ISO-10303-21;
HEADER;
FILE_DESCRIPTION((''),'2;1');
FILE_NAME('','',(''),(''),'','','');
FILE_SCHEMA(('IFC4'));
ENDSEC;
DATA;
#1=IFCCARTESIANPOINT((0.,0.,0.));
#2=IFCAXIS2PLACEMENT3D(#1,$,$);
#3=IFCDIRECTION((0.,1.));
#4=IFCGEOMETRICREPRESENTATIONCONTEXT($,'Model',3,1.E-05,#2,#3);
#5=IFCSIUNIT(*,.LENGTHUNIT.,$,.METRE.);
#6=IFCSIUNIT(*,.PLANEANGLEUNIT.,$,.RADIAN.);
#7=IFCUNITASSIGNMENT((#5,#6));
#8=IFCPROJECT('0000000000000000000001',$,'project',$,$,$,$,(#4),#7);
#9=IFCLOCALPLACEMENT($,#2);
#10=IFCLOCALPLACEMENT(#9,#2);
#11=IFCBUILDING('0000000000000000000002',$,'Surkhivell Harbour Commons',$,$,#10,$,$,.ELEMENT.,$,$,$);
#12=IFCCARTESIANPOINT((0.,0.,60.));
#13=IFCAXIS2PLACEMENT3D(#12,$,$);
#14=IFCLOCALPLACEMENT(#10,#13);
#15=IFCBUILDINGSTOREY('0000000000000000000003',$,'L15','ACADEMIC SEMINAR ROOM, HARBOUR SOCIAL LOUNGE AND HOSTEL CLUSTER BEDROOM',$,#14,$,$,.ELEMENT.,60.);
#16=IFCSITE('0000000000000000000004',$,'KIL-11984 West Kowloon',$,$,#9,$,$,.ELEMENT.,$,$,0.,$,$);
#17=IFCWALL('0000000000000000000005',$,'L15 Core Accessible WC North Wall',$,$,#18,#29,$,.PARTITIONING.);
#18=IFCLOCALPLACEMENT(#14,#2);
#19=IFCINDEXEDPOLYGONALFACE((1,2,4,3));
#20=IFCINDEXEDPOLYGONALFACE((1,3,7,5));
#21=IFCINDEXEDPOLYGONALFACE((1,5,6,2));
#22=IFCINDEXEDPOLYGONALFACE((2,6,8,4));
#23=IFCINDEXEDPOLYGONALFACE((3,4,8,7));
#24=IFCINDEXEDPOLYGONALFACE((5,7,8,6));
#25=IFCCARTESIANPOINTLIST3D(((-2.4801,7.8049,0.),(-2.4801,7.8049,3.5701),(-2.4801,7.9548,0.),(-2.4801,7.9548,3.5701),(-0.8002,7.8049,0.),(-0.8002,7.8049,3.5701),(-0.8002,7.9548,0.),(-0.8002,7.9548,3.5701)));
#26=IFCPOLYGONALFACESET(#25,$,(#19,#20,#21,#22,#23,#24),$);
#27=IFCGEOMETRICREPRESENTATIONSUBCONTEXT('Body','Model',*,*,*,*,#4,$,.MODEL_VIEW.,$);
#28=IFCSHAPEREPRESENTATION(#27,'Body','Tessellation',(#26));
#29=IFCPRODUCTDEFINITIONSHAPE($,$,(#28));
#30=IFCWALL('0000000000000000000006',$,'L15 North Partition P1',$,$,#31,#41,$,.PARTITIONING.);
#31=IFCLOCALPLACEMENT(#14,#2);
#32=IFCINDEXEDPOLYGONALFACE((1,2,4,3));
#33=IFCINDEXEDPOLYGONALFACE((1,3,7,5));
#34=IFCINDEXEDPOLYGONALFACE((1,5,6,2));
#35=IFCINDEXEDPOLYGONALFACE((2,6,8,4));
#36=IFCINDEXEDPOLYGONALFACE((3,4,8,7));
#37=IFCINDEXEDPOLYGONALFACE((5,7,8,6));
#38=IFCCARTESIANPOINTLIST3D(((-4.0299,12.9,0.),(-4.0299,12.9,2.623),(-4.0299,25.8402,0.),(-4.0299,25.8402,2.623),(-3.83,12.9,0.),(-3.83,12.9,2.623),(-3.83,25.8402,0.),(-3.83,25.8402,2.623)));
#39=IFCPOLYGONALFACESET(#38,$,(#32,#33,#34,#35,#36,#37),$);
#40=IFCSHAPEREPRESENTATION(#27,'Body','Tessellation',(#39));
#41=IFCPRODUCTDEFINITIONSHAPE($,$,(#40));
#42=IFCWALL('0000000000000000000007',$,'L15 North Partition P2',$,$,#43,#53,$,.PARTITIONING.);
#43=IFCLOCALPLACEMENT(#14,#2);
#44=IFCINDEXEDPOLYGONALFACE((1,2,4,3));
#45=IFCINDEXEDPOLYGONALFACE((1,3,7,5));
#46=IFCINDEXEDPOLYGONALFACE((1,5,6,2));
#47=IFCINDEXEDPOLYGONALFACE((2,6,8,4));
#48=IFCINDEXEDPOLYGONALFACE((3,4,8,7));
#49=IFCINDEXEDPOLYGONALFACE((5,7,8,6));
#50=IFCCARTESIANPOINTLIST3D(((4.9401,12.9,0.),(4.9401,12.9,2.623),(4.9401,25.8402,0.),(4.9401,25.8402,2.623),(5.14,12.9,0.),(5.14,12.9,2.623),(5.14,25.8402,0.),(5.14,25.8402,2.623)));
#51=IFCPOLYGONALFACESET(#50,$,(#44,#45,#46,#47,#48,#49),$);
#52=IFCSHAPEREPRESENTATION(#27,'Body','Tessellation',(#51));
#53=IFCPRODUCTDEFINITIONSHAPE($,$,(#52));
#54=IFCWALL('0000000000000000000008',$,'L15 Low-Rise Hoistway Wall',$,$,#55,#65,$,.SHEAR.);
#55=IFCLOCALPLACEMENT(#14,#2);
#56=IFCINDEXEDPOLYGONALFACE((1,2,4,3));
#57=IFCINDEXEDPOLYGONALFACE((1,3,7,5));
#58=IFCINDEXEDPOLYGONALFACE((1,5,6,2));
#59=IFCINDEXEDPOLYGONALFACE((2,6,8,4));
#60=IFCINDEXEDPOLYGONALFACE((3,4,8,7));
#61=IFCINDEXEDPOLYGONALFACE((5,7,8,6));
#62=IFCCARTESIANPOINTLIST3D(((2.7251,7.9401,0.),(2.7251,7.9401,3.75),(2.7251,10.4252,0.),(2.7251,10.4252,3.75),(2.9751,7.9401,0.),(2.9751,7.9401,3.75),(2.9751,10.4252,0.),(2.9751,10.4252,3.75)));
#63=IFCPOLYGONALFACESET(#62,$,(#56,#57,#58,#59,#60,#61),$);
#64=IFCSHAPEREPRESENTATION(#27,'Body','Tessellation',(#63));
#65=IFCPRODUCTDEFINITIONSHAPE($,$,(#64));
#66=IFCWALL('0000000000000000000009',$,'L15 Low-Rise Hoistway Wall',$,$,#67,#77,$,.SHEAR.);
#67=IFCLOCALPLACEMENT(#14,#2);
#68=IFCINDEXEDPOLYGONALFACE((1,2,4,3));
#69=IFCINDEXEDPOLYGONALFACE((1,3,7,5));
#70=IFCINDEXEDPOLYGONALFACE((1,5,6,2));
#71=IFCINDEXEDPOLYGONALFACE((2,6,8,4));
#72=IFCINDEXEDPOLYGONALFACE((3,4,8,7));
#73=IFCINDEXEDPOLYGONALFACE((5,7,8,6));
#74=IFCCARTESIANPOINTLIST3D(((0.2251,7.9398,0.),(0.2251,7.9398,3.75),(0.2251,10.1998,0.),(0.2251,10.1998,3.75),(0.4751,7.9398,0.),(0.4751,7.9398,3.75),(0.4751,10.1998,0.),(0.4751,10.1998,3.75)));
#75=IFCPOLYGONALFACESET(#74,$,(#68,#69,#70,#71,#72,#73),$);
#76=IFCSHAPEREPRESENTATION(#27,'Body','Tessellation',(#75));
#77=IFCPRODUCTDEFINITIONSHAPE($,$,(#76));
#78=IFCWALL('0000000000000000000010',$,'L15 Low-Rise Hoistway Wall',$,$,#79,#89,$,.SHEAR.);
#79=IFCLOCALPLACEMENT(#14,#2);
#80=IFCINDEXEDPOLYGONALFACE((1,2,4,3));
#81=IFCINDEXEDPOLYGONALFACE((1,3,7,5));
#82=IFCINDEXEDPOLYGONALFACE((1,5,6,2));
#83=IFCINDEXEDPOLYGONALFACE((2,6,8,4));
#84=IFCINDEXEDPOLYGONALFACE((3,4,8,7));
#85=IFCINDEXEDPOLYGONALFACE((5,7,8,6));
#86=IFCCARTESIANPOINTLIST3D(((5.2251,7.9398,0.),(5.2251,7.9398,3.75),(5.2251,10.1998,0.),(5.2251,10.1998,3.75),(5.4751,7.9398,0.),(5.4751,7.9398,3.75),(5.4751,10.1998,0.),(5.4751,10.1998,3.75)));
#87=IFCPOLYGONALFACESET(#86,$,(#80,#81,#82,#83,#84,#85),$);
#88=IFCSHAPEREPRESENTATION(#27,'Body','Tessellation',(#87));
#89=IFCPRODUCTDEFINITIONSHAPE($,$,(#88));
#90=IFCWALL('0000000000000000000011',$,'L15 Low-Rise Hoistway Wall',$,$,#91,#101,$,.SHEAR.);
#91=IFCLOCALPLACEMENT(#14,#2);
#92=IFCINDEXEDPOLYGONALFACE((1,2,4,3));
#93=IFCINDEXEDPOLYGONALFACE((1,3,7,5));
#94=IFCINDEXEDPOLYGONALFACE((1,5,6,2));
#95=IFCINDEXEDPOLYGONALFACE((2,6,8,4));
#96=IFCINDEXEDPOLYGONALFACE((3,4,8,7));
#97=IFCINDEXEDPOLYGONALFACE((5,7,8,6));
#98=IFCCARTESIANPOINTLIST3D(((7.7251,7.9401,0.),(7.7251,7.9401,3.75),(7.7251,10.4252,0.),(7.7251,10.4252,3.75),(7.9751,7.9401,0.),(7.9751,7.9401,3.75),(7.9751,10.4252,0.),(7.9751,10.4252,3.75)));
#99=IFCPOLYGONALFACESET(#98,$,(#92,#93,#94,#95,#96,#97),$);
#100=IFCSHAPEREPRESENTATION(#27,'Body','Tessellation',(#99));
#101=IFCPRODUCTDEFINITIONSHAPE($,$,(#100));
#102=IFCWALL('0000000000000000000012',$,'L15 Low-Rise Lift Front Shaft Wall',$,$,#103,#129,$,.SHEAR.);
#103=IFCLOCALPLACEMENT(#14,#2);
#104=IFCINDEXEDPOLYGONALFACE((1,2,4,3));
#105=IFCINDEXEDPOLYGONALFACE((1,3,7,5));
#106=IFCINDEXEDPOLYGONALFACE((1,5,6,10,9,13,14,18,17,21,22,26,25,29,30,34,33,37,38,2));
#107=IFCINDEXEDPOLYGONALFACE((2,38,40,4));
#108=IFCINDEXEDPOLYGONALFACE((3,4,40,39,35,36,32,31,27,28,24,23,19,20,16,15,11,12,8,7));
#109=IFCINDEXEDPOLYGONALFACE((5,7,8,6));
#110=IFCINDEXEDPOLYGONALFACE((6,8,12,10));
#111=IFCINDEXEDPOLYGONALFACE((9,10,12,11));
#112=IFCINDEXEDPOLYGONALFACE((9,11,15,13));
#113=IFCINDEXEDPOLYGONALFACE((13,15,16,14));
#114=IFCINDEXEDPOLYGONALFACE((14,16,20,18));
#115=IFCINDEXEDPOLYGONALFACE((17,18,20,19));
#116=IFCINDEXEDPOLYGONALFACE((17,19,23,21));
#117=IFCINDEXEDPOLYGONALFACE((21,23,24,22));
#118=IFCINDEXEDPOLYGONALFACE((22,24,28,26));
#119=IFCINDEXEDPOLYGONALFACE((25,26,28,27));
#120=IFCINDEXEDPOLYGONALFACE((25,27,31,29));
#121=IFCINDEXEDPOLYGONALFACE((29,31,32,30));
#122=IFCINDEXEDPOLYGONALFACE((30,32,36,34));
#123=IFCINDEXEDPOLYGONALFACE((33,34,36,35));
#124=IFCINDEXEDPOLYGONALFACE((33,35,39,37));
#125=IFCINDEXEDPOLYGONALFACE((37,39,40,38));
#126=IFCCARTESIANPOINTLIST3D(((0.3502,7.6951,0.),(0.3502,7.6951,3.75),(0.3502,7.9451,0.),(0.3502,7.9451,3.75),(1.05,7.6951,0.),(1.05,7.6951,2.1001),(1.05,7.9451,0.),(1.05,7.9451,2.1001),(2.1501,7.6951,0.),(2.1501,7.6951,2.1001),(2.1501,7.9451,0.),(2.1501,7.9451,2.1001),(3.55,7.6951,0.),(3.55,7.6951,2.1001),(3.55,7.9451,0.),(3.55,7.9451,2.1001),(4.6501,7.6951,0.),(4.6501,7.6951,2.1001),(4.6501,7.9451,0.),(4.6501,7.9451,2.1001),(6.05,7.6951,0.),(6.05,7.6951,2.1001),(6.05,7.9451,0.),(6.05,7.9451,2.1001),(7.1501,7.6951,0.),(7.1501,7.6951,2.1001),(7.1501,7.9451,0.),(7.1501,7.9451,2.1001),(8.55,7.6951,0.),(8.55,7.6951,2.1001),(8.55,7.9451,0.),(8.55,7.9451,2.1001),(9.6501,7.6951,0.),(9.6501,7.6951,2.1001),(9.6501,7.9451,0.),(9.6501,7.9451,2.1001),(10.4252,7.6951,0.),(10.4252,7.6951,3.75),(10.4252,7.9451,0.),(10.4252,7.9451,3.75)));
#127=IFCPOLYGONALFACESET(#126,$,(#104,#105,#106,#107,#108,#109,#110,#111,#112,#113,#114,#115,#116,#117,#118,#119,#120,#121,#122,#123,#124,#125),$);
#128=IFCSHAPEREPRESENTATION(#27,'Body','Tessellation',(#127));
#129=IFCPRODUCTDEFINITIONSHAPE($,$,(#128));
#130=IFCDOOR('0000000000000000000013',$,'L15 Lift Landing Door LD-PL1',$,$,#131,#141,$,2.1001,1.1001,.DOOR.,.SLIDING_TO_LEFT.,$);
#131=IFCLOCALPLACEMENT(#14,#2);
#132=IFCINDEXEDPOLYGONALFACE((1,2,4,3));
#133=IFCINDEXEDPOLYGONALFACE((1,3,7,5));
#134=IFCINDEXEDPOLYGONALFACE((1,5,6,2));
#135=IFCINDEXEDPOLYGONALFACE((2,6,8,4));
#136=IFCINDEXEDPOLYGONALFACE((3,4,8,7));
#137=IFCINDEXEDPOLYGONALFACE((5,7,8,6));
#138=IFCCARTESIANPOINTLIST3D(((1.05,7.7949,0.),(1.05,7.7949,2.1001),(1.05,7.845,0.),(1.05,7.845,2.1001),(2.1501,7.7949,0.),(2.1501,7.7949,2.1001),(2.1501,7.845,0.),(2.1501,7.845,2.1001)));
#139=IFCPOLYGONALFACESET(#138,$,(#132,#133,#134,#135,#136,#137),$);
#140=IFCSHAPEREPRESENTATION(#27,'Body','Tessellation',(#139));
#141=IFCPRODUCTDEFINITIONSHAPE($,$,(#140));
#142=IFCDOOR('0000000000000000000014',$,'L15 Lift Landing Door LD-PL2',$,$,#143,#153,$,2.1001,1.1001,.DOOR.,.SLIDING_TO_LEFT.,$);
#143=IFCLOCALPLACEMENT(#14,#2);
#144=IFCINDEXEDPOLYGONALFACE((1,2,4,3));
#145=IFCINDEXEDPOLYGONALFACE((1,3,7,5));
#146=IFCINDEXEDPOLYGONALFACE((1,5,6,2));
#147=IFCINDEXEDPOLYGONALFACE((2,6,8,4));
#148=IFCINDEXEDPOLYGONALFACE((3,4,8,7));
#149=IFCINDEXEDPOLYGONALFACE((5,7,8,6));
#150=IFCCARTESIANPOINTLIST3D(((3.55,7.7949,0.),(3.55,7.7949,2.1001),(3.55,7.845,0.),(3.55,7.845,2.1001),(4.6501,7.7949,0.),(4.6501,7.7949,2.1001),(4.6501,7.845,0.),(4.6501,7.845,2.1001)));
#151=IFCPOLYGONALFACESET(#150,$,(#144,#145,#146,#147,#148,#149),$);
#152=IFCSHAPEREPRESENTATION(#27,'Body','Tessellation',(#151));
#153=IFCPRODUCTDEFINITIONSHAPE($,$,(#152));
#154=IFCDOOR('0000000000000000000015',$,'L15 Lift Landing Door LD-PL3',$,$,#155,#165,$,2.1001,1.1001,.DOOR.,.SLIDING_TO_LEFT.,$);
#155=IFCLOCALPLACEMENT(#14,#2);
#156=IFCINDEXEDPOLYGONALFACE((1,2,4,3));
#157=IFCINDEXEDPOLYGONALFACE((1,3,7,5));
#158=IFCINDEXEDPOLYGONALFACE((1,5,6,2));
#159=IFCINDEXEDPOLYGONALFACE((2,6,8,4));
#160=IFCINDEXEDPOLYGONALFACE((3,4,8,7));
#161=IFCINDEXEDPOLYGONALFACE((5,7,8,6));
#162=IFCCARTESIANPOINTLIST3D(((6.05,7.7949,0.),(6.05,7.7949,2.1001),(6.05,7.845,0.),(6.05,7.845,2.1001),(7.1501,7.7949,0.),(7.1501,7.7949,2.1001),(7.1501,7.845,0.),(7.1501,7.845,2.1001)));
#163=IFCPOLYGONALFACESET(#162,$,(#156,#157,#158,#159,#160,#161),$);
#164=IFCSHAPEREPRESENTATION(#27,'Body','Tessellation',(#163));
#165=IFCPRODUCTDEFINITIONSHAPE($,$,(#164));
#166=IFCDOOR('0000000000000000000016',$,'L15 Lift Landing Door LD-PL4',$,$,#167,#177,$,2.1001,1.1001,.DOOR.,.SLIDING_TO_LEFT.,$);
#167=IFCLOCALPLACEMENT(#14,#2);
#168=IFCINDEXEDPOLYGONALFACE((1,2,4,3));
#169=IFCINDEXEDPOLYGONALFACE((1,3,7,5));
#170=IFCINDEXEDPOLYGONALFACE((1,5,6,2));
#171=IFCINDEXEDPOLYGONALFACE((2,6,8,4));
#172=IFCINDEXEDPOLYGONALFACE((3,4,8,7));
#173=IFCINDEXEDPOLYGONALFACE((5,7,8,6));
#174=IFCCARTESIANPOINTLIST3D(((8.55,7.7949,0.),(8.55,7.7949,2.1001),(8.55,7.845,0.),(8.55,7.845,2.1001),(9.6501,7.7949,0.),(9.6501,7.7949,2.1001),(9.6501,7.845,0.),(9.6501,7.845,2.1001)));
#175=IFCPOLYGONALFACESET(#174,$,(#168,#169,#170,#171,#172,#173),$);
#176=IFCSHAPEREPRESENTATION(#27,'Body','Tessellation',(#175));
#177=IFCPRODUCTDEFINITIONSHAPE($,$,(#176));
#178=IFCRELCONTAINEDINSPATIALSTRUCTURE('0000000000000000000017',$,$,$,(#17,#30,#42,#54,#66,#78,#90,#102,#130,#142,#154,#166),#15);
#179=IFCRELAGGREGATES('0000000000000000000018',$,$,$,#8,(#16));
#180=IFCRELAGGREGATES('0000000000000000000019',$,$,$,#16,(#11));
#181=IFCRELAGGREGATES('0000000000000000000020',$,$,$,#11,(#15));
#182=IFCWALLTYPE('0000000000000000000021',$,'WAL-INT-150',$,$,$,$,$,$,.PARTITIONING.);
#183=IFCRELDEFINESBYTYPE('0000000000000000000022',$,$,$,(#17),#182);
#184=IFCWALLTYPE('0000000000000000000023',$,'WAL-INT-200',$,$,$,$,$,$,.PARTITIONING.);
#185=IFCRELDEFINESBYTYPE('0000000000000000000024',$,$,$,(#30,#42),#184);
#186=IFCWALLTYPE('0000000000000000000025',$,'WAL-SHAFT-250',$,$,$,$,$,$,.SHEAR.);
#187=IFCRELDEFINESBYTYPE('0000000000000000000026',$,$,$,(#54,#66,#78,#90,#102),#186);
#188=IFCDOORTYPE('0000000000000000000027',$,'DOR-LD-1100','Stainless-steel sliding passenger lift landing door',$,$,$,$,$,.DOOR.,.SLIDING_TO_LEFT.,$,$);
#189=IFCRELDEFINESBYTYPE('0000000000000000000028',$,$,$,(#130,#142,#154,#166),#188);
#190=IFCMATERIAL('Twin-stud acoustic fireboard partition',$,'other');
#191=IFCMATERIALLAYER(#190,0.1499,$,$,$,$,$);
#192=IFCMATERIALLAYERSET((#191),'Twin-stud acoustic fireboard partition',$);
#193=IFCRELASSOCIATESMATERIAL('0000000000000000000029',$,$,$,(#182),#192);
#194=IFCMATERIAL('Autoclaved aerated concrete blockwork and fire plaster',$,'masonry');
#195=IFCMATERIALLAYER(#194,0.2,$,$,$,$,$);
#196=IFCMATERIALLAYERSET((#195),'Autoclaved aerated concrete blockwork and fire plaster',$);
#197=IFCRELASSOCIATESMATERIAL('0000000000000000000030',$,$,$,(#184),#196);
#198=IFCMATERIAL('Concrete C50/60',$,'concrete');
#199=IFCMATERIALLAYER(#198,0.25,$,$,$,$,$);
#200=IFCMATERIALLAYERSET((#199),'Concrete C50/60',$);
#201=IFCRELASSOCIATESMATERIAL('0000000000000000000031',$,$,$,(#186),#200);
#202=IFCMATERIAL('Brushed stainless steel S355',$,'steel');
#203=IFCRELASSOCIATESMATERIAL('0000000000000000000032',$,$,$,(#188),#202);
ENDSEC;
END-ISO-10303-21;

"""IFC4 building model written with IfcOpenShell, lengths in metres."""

from ifc_helpers import new_model, si_unit, direction, frame, frame_2d, origin, place, context, subcontext, project, spatial, rectangle, extrude, material, layer, layer_set, type_object, element, fill, save


model = new_model("IFC4")

# Units and contexts
model_context = context("Model", 3, precision=1e-05, world=origin(), true_north=direction((0.0, 1.0)))
body_context = subcontext(model_context, "Body", "Model", "MODEL_VIEW")
ifc_project = project(units=[si_unit("LENGTHUNIT", "METRE"), si_unit("PLANEANGLEUNIT", "RADIAN")], contexts=[model_context])

# Site, building, storey
site_placement = place(None, origin())
site = spatial("IfcSite", under=ifc_project, at=site_placement, Name="KIL-11984 West Kowloon", CompositionType="ELEMENT", RefElevation=0.0)
building_placement = place(site_placement, origin())
building = spatial("IfcBuilding", under=site, at=building_placement, Name="Surkhivell Harbour Commons", CompositionType="ELEMENT")
storey_placement = place(building_placement, frame((0.0, 0.0, 60.0)))
storey = spatial("IfcBuildingStorey", under=building, at=storey_placement, Name="L15", Description="ACADEMIC SEMINAR ROOM, HARBOUR SOCIAL LOUNGE AND HOSTEL CLUSTER BEDROOM", CompositionType="ELEMENT", Elevation=60.0)

# Shared definitions
ifc_material_1 = material(Name="Twin-stud acoustic fireboard partition", Category="other")
ifc_layer_1 = layer(ifc_material_1, 0.1499)
ifc_layer_set_1 = layer_set([ifc_layer_1], Name="Twin-stud acoustic fireboard partition")
wall_type_1 = type_object("IfcWallType", Name="WAL-INT-150", PredefinedType="PARTITIONING", material=ifc_layer_set_1)

# Walls
wall_1_placement = place(storey_placement, frame((-2.48, 7.8799, 0.0), z_axis=(0.0, 0.0, 1.0), x_axis=(1.0, 0.0, 0.0)))
element("IfcWall", 1, at=wall_1_placement, inside=storey, type_object=wall_type_1, Name="L15 Core Accessible WC North Wall", PredefinedType="PARTITIONING", context=body_context, shape_type="SweptSolid", body=[
    extrude(rectangle(XDim=1.6799, YDim=0.1499, at=frame_2d((0.8398, 0.0))), origin(), (0.0, 0.0, 1.0), 3.5701),
])
ifc_material_2 = material(Name="Autoclaved aerated concrete blockwork and fire plaster", Category="masonry")
ifc_layer_2 = layer(ifc_material_2, 0.2)
ifc_layer_set_2 = layer_set([ifc_layer_2], Name="Autoclaved aerated concrete blockwork and fire plaster")
wall_type_2 = type_object("IfcWallType", Name="WAL-INT-200", PredefinedType="PARTITIONING", material=ifc_layer_set_2)
for number, where, z_axis, x_axis, name in (
    (2, (-3.9299, 12.8999, 0.0), (0.0, 0.0, 1.0), (0.0, 1.0, 0.0), "L15 North Partition P1"),
    (3, (5.04, 12.8999, 0.0), (0.0, 0.0, 1.0), (0.0, 1.0, 0.0), "L15 North Partition P2"),
):
    element("IfcWall", number, at=place(storey_placement, frame(where, z_axis=z_axis, x_axis=x_axis)), inside=storey, type_object=wall_type_2, Name=name, PredefinedType="PARTITIONING", context=body_context, shape_type="SweptSolid", body=[
        extrude(rectangle(XDim=12.9402, YDim=0.2, at=frame_2d((6.4702, 0.0))), origin(), (0.0, 0.0, 1.0), 2.623),
    ])
ifc_material_3 = material(Name="Concrete C50/60", Category="concrete")
ifc_layer_3 = layer(ifc_material_3, 0.25)
ifc_layer_set_3 = layer_set([ifc_layer_3], Name="Concrete C50/60")
wall_type_3 = type_object("IfcWallType", Name="WAL-SHAFT-250", PredefinedType="SHEAR", material=ifc_layer_set_3)
wall_2_placement = place(storey_placement, frame((2.8501, 7.9399, 0.0), z_axis=(0.0, 0.0, 1.0), x_axis=(0.0, 1.0, 0.0)))
element("IfcWall", 4, at=wall_2_placement, inside=storey, type_object=wall_type_3, Name="L15 Low-Rise Hoistway Wall", PredefinedType="SHEAR", context=body_context, shape_type="SweptSolid", body=[
    extrude(rectangle(XDim=2.4851, YDim=0.25, at=frame_2d((1.2427, 0.0))), origin(), (0.0, 0.0, 1.0), 3.75),
])
for number, where, z_axis, x_axis, name in (
    (5, (0.3501, 7.9399, 0.0), (0.0, 0.0, 1.0), (0.0, 1.0, 0.0), "L15 Low-Rise Hoistway Wall"),
    (6, (5.3501, 7.9399, 0.0), (0.0, 0.0, 1.0), (0.0, 1.0, 0.0), "L15 Low-Rise Hoistway Wall"),
):
    element("IfcWall", number, at=place(storey_placement, frame(where, z_axis=z_axis, x_axis=x_axis)), inside=storey, type_object=wall_type_3, Name=name, PredefinedType="SHEAR", context=body_context, shape_type="SweptSolid", body=[
        extrude(rectangle(XDim=2.26, YDim=0.25, at=frame_2d((1.1299, 0.0))), origin(), (0.0, 0.0, 1.0), 3.75),
    ])
wall_3_placement = place(storey_placement, frame((7.8501, 7.9399, 0.0), z_axis=(0.0, 0.0, 1.0), x_axis=(0.0, 1.0, 0.0)))
element("IfcWall", 7, at=wall_3_placement, inside=storey, type_object=wall_type_3, Name="L15 Low-Rise Hoistway Wall", PredefinedType="SHEAR", context=body_context, shape_type="SweptSolid", body=[
    extrude(rectangle(XDim=2.4851, YDim=0.25, at=frame_2d((1.2427, 0.0))), origin(), (0.0, 0.0, 1.0), 3.75),
])

# Wall, openings, doors
wall_4_placement = place(storey_placement, frame((0.3501, 7.8201, 0.0), z_axis=(0.0, 0.0, 1.0), x_axis=(1.0, 0.0, 0.0)))
wall_4 = element("IfcWall", 8, at=wall_4_placement, inside=storey, type_object=wall_type_3, Name="L15 Low-Rise Lift Front Shaft Wall", PredefinedType="SHEAR", context=body_context, shape_type="SweptSolid", body=[
    extrude(rectangle(XDim=10.075, YDim=0.25, at=frame_2d((5.0376, 0.0))), origin(), (0.0, 0.0, 1.0), 3.75),
])
opening_1_placement = place(wall_4_placement, frame((0.7, 0.0, 0.0)))
opening_1 = element("IfcOpeningElement", 9, at=opening_1_placement, cuts=wall_4, PredefinedType="OPENING", context=body_context, shape_type="SweptSolid", body=[
    extrude(rectangle(XDim=1.1001, YDim=2.1001, at=frame_2d((0.55, 1.05))), frame((0.0, 0.135, 0.0), z_axis=(0.0, -1.0, 0.0), x_axis=(1.0, 0.0, 0.0)), (0.0, 0.0, 1.0), 0.27),
])
opening_2_placement = place(wall_4_placement, frame((3.2, 0.0, 0.0)))
opening_2 = element("IfcOpeningElement", 10, at=opening_2_placement, cuts=wall_4, PredefinedType="OPENING", context=body_context, shape_type="SweptSolid", body=[
    extrude(rectangle(XDim=1.1001, YDim=2.1001, at=frame_2d((0.55, 1.05))), frame((0.0, 0.135, 0.0), z_axis=(0.0, -1.0, 0.0), x_axis=(1.0, 0.0, 0.0)), (0.0, 0.0, 1.0), 0.27),
])
opening_3_placement = place(wall_4_placement, frame((5.7, 0.0, 0.0)))
opening_3 = element("IfcOpeningElement", 11, at=opening_3_placement, cuts=wall_4, PredefinedType="OPENING", context=body_context, shape_type="SweptSolid", body=[
    extrude(rectangle(XDim=1.1001, YDim=2.1001, at=frame_2d((0.55, 1.05))), frame((0.0, 0.135, 0.0), z_axis=(0.0, -1.0, 0.0), x_axis=(1.0, 0.0, 0.0)), (0.0, 0.0, 1.0), 0.27),
])
opening_4_placement = place(wall_4_placement, frame((8.2, 0.0, 0.0)))
opening_4 = element("IfcOpeningElement", 12, at=opening_4_placement, cuts=wall_4, PredefinedType="OPENING", context=body_context, shape_type="SweptSolid", body=[
    extrude(rectangle(XDim=1.1001, YDim=2.1001, at=frame_2d((0.55, 1.05))), frame((0.0, 0.135, 0.0), z_axis=(0.0, -1.0, 0.0), x_axis=(1.0, 0.0, 0.0)), (0.0, 0.0, 1.0), 0.27),
])
ifc_material_4 = material(Name="Brushed stainless steel S355", Category="steel")
door_type_1 = type_object("IfcDoorType", Name="DOR-LD-1100", Description="Stainless-steel sliding passenger lift landing door", OperationType="SLIDING_TO_LEFT", PredefinedType="DOOR", material=ifc_material_4)
door_1_placement = place(opening_1_placement, origin())
door_1 = element("IfcDoor", 13, at=door_1_placement, inside=storey, type_object=door_type_1, Name="L15 Lift Landing Door LD-PL1", OperationType="SLIDING_TO_LEFT", OverallHeight=2.1001, OverallWidth=1.1001, PredefinedType="DOOR", context=body_context, shape_type="SweptSolid", body=[
    extrude(rectangle(XDim=1.1001, YDim=2.1001, at=frame_2d((0.55, 1.05))), frame((0.0, 0.0249, 0.0), z_axis=(0.0, -1.0, 0.0), x_axis=(1.0, 0.0, 0.0)), (0.0, 0.0, 1.0), 0.05),
])
fill(opening_1, door_1)
door_2_placement = place(opening_2_placement, origin())
door_2 = element("IfcDoor", 14, at=door_2_placement, inside=storey, type_object=door_type_1, Name="L15 Lift Landing Door LD-PL2", OperationType="SLIDING_TO_LEFT", OverallHeight=2.1001, OverallWidth=1.1001, PredefinedType="DOOR", context=body_context, shape_type="SweptSolid", body=[
    extrude(rectangle(XDim=1.1001, YDim=2.1001, at=frame_2d((0.55, 1.05))), frame((0.0, 0.0249, 0.0), z_axis=(0.0, -1.0, 0.0), x_axis=(1.0, 0.0, 0.0)), (0.0, 0.0, 1.0), 0.05),
])
fill(opening_2, door_2)
door_3_placement = place(opening_3_placement, origin())
door_3 = element("IfcDoor", 15, at=door_3_placement, inside=storey, type_object=door_type_1, Name="L15 Lift Landing Door LD-PL3", OperationType="SLIDING_TO_LEFT", OverallHeight=2.1001, OverallWidth=1.1001, PredefinedType="DOOR", context=body_context, shape_type="SweptSolid", body=[
    extrude(rectangle(XDim=1.1001, YDim=2.1001, at=frame_2d((0.55, 1.05))), frame((0.0, 0.0249, 0.0), z_axis=(0.0, -1.0, 0.0), x_axis=(1.0, 0.0, 0.0)), (0.0, 0.0, 1.0), 0.05),
])
fill(opening_3, door_3)
door_4_placement = place(opening_4_placement, origin())
door_4 = element("IfcDoor", 16, at=door_4_placement, inside=storey, type_object=door_type_1, Name="L15 Lift Landing Door LD-PL4", OperationType="SLIDING_TO_LEFT", OverallHeight=2.1001, OverallWidth=1.1001, PredefinedType="DOOR", context=body_context, shape_type="SweptSolid", body=[
    extrude(rectangle(XDim=1.1001, YDim=2.1001, at=frame_2d((0.55, 1.05))), frame((0.0, 0.0249, 0.0), z_axis=(0.0, -1.0, 0.0), x_axis=(1.0, 0.0, 0.0)), (0.0, 0.0, 1.0), 0.05),
])
fill(opening_4, door_4)

save(model, "model.ifc")
